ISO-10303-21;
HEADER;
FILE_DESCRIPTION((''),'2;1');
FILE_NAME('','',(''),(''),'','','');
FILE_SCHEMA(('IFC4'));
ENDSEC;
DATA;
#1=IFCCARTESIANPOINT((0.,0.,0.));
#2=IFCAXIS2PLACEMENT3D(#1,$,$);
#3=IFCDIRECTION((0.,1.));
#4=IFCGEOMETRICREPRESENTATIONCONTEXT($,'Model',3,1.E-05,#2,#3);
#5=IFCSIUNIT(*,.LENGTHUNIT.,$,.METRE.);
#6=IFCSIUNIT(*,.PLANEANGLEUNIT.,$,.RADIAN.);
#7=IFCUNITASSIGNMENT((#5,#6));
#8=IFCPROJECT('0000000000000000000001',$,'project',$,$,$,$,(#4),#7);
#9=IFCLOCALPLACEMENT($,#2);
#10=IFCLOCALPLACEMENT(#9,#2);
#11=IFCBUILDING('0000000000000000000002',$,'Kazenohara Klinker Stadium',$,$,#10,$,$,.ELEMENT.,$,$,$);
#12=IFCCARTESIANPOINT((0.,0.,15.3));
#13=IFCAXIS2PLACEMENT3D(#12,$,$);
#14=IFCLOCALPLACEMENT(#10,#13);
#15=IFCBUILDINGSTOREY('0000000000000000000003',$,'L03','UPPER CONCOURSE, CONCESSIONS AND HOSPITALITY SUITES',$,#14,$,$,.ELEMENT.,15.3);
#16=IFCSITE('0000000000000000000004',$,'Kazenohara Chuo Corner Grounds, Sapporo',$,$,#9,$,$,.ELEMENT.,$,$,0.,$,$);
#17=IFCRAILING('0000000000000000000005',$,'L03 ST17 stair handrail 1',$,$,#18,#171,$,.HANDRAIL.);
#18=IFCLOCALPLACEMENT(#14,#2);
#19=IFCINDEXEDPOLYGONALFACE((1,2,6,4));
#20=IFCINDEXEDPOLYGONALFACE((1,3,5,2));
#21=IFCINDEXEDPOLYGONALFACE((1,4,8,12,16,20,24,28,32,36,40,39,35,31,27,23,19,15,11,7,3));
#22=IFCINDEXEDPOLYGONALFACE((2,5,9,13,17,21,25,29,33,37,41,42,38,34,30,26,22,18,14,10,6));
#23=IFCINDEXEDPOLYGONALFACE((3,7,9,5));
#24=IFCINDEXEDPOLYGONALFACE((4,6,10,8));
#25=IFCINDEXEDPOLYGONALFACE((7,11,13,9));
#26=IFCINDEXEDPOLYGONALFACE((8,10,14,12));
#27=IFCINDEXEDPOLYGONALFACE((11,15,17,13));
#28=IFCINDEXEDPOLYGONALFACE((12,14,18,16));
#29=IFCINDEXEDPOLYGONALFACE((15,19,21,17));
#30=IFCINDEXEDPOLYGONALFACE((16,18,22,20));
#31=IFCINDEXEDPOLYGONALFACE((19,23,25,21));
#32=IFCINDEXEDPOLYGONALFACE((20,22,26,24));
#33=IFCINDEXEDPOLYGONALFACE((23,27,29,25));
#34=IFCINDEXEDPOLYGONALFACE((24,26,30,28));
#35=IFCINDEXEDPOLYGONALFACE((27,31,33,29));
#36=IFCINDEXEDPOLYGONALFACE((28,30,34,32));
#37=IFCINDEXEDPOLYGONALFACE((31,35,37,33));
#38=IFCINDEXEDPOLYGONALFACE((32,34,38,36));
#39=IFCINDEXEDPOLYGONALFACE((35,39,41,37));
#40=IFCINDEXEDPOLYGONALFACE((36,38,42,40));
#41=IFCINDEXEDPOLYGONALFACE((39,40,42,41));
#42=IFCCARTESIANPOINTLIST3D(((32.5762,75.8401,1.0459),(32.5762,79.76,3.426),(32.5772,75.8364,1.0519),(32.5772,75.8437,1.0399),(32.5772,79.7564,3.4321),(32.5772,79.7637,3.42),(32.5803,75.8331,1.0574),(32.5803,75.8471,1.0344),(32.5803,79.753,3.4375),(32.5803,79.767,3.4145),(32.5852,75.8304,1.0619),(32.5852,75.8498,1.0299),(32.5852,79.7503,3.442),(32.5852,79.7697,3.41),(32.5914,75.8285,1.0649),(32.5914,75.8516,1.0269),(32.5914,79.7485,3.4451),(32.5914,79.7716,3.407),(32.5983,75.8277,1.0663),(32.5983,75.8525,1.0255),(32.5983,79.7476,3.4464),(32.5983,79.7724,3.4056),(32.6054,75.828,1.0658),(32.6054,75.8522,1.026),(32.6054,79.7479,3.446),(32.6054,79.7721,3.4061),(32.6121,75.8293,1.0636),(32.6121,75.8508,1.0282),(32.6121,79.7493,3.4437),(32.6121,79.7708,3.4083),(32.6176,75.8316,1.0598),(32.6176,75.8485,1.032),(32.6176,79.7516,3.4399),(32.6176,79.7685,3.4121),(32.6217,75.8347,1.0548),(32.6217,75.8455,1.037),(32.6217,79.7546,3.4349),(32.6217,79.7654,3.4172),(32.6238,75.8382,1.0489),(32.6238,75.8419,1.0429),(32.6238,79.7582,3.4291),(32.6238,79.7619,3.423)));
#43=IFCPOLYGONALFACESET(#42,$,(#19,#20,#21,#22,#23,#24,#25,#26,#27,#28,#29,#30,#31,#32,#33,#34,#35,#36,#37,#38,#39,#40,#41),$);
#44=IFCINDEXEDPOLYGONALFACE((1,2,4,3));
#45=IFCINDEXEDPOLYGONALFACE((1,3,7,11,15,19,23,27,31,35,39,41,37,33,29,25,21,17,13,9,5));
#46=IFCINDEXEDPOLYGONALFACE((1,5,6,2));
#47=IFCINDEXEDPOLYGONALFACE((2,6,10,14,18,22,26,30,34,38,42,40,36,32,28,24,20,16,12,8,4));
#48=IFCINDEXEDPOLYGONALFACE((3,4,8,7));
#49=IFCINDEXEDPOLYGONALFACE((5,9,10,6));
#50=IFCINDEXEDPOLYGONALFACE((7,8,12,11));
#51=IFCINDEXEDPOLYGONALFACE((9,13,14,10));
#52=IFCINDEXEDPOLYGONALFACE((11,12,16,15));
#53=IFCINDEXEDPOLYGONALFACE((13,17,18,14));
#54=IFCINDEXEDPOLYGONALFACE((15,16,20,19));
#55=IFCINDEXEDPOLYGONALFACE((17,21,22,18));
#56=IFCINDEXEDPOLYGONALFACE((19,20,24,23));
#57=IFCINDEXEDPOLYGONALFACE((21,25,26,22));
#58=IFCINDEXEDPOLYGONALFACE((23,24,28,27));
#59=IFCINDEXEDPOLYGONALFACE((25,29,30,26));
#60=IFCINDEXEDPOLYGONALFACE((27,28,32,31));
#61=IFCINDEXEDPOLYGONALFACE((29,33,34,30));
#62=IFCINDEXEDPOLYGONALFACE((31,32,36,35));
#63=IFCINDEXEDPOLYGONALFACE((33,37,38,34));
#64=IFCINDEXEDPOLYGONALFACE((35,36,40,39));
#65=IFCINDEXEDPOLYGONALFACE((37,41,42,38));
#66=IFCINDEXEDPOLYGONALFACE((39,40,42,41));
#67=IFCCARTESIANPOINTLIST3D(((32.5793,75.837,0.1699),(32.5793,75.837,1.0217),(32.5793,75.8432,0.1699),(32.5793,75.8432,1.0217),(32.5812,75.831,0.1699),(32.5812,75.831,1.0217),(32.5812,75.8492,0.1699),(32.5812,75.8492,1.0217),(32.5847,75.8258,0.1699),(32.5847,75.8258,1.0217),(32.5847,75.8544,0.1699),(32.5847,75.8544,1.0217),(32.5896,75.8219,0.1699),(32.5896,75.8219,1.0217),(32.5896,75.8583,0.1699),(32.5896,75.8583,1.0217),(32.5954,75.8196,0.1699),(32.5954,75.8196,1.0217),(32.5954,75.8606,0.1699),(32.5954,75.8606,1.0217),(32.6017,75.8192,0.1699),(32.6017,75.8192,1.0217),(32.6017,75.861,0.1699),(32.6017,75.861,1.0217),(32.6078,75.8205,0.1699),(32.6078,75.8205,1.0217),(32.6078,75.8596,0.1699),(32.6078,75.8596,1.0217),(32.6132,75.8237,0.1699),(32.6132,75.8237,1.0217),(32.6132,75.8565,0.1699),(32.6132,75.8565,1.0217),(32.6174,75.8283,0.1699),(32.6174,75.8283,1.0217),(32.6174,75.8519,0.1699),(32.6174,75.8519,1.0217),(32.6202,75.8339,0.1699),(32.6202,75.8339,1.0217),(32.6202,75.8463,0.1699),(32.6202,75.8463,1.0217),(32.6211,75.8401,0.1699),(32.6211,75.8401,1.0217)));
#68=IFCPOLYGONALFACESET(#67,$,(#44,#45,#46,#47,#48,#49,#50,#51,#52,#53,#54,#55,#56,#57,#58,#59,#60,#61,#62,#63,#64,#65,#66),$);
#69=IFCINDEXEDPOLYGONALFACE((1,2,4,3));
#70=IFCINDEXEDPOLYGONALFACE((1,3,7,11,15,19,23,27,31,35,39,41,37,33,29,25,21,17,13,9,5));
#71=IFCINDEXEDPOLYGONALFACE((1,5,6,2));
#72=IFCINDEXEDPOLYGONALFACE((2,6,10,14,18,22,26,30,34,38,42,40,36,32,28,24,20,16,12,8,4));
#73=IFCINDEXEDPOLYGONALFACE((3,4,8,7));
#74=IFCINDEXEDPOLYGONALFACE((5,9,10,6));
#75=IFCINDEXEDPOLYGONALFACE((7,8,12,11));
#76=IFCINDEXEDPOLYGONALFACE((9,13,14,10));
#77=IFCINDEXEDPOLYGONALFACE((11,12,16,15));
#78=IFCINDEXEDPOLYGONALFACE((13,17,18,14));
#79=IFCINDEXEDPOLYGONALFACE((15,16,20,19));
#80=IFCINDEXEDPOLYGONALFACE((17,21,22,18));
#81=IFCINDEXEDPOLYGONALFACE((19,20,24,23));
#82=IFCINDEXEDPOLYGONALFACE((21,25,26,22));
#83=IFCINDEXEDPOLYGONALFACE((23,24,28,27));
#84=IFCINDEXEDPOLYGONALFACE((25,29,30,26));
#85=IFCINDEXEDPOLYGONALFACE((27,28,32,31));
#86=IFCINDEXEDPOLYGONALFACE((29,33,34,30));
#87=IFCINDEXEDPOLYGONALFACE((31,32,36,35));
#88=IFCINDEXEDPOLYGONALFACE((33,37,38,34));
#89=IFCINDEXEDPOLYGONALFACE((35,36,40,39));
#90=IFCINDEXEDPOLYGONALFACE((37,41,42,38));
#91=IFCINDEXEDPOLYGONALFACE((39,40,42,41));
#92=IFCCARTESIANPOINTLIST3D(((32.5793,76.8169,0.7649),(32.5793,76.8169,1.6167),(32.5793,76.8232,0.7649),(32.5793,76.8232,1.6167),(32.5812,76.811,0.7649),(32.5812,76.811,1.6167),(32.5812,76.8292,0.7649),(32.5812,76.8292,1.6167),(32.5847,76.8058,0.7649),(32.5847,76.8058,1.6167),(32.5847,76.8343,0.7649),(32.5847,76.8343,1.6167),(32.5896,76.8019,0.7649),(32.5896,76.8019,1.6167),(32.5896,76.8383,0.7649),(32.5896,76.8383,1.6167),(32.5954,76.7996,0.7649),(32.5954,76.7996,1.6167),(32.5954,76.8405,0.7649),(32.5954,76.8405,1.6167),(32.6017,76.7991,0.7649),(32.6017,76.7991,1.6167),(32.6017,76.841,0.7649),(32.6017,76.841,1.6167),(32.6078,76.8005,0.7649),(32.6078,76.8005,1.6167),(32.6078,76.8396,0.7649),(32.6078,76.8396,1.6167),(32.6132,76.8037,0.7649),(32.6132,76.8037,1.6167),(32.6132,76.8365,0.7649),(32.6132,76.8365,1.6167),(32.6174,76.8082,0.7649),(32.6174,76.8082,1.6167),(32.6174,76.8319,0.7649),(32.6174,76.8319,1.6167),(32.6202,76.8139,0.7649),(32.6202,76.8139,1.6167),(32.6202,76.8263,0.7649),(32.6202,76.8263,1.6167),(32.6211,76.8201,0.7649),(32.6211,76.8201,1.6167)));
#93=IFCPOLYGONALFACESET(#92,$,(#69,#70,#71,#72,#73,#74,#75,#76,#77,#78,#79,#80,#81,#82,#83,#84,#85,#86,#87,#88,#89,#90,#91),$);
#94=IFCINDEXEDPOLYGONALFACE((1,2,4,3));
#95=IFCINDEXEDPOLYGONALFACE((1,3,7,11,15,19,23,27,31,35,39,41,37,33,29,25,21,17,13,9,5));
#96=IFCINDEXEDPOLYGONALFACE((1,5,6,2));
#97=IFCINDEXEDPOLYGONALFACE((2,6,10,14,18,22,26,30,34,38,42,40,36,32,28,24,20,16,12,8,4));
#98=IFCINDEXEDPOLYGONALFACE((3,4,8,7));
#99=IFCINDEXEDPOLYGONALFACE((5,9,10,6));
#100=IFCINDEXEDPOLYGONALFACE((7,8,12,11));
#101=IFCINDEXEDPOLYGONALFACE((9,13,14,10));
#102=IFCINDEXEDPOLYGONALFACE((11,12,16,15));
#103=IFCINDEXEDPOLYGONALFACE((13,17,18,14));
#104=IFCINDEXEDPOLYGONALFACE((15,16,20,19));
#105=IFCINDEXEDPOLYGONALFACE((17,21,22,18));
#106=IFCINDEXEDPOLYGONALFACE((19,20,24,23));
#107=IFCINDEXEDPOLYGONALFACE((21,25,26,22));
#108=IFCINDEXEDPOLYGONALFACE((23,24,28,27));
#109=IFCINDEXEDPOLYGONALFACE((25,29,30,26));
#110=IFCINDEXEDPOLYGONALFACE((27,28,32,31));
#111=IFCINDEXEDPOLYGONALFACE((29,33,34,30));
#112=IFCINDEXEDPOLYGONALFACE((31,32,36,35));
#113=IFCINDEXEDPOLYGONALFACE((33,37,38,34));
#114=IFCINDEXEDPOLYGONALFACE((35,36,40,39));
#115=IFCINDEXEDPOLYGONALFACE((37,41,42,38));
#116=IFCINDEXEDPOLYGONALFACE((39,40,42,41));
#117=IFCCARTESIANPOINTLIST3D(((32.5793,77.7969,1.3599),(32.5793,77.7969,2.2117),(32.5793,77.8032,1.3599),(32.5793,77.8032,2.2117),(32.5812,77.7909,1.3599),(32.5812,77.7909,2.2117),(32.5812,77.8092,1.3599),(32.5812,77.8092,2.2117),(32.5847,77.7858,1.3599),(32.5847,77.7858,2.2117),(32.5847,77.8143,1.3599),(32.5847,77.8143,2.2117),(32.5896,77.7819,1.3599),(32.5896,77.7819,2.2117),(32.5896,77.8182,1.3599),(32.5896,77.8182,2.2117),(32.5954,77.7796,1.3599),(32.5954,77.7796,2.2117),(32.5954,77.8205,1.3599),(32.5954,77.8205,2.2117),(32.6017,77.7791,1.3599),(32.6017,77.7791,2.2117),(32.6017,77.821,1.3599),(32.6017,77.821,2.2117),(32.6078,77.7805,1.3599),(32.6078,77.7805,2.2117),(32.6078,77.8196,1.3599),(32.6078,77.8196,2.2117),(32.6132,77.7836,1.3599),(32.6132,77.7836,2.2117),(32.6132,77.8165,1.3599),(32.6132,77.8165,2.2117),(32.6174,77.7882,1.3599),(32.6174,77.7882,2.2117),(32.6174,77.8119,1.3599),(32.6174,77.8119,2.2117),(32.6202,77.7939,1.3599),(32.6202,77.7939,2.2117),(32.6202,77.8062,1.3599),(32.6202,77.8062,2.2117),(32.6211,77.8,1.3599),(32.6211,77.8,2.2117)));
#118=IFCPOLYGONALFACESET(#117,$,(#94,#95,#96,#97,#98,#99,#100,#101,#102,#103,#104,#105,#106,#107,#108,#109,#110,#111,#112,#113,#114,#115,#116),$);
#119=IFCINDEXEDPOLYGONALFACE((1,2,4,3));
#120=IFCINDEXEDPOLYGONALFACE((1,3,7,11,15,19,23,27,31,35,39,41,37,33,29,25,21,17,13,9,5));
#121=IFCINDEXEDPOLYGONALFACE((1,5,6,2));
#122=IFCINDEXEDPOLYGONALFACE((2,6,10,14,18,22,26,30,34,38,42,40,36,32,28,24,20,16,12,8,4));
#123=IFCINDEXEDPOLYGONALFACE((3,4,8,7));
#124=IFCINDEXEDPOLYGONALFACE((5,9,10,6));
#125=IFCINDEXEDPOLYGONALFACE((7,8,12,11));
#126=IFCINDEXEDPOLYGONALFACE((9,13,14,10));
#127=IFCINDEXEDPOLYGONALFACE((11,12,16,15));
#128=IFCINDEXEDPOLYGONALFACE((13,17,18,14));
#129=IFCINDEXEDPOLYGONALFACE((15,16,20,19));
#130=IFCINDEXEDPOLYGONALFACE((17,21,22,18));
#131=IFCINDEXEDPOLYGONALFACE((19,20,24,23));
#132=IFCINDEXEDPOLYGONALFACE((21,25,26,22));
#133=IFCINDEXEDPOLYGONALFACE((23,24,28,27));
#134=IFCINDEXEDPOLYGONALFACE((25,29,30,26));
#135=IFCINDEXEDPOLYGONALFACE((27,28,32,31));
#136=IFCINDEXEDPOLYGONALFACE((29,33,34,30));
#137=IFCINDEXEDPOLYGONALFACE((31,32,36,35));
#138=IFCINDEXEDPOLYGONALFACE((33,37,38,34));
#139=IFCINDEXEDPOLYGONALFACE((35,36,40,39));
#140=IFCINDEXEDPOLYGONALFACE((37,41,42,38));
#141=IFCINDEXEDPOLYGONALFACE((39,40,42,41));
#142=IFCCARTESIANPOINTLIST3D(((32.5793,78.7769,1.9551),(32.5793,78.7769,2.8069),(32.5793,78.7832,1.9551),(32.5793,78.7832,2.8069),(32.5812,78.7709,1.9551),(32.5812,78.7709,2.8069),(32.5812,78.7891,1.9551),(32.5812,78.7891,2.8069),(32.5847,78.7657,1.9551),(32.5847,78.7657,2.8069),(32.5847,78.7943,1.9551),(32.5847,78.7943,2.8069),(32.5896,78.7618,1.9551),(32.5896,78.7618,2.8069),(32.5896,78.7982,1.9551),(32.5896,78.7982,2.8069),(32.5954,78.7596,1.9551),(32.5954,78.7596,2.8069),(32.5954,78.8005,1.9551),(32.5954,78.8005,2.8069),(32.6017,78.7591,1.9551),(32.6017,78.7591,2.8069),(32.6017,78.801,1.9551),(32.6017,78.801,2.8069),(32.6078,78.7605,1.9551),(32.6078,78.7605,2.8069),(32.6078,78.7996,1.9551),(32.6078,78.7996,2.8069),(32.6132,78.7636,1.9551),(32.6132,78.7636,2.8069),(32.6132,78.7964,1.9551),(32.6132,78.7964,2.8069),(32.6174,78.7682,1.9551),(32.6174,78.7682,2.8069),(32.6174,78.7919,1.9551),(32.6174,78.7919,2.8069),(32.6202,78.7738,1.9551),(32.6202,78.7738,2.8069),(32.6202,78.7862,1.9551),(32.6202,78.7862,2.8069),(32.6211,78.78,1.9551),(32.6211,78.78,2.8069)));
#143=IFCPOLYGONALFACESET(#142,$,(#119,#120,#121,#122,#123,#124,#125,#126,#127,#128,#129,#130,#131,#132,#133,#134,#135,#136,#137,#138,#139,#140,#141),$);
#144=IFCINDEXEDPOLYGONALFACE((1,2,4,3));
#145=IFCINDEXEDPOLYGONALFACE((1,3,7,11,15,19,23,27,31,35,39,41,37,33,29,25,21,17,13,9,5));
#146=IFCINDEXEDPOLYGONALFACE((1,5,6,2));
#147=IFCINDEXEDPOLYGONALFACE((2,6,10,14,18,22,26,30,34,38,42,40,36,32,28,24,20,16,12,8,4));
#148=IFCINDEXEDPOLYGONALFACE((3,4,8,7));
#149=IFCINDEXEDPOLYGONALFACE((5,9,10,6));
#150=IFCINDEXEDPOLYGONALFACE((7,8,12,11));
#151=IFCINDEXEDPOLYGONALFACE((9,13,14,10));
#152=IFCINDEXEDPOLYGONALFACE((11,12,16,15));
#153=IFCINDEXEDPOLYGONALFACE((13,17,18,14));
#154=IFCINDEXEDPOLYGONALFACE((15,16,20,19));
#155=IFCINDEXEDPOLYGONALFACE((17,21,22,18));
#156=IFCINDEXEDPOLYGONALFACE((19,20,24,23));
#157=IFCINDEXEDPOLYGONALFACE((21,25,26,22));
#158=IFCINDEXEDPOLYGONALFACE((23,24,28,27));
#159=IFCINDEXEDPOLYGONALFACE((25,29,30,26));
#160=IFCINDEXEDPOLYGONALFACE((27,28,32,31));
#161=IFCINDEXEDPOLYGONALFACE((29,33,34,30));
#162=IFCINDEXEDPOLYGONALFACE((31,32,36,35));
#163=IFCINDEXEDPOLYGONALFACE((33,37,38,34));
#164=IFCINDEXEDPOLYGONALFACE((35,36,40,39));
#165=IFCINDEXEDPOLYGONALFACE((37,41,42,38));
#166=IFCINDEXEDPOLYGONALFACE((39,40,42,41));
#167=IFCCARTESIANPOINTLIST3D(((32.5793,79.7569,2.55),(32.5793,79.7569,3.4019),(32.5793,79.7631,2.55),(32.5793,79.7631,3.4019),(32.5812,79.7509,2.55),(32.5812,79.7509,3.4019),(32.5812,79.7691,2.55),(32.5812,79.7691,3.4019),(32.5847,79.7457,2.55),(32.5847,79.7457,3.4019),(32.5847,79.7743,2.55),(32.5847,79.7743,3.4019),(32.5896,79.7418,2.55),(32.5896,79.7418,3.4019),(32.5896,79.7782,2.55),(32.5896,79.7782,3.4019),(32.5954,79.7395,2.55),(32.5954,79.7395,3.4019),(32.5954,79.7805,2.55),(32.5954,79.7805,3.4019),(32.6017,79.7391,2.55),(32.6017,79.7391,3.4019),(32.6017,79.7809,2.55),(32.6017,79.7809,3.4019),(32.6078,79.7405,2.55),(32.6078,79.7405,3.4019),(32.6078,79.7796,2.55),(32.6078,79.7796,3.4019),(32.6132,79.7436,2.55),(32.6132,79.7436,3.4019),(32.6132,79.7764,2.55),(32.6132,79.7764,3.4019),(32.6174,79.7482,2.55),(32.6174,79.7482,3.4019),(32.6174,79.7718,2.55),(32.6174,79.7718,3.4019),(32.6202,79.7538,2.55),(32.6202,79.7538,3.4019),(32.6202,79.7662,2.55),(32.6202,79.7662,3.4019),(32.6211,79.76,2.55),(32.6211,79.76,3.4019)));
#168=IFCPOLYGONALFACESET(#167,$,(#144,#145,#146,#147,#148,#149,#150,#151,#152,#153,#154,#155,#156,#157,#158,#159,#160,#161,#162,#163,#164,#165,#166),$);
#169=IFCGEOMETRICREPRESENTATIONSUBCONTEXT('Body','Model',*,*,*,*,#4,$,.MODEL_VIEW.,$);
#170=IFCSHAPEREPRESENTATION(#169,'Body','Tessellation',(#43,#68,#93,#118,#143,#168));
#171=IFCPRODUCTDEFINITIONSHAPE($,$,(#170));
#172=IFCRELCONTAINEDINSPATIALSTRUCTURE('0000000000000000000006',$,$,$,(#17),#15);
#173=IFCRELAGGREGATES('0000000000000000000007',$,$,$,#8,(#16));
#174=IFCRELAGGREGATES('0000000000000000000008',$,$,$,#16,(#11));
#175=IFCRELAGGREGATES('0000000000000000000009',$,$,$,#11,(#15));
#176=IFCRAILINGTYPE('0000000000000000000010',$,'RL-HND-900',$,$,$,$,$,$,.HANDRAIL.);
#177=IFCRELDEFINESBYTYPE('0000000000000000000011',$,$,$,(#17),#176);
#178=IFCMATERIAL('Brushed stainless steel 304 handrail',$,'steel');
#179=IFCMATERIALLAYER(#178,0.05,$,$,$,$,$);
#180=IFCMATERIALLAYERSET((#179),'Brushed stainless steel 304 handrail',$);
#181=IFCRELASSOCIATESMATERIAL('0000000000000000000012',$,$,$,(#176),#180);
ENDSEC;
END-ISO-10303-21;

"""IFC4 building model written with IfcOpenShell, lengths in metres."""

from ifc_helpers import new_model, si_unit, direction, frame, origin, origin_2d, place, context, subcontext, project, spatial, circle, extrude, material, layer, layer_set, type_object, element, save


model = new_model("IFC4")

# Units and contexts
model_context = context("Model", 3, precision=1e-05, world=origin(), true_north=direction((0.0, 1.0)))
body_context = subcontext(model_context, "Body", "Model", "MODEL_VIEW")
ifc_project = project(units=[si_unit("LENGTHUNIT", "METRE"), si_unit("PLANEANGLEUNIT", "RADIAN")], contexts=[model_context])

# Site, building, storey
site_placement = place(None, origin())
site = spatial("IfcSite", under=ifc_project, at=site_placement, Name="Kazenohara Chuo Corner Grounds, Sapporo", CompositionType="ELEMENT", RefElevation=0.0)
building_placement = place(site_placement, origin())
building = spatial("IfcBuilding", under=site, at=building_placement, Name="Kazenohara Klinker Stadium", CompositionType="ELEMENT")
storey_placement = place(building_placement, frame((0.0, 0.0, 15.3)))
storey = spatial("IfcBuildingStorey", under=building, at=storey_placement, Name="L03", Description="UPPER CONCOURSE, CONCESSIONS AND HOSPITALITY SUITES", CompositionType="ELEMENT", Elevation=15.3)

# Railing
ifc_material_1 = material(Name="Brushed stainless steel 304 handrail", Category="steel")
ifc_layer_1 = layer(ifc_material_1, 0.05)
ifc_layer_set_1 = layer_set([ifc_layer_1], Name="Brushed stainless steel 304 handrail")
railing_type_1 = type_object("IfcRailingType", Name="RL-HND-900", PredefinedType="HANDRAIL", material=ifc_layer_set_1)
railing_1_placement = place(storey_placement, frame((32.6001, 75.8401, 0.1699)))
element("IfcRailing", 1, at=railing_1_placement, inside=storey, type_object=railing_type_1, Name="L03 ST17 stair handrail 1", PredefinedType="HANDRAIL", context=body_context, shape_type="SweptSolid", body=[
    extrude(circle(Radius=0.0239, at=origin_2d()), frame((0.0, 0.0, 0.876), z_axis=(0.0, 0.854771, 0.519006), x_axis=(-1.0, 0.0, 0.0)), (0.0, 0.0, 1.0), 4.5859),
    extrude(circle(Radius=0.021, at=origin_2d()), origin(), (0.0, 0.0, 1.0), 0.8518),
    extrude(circle(Radius=0.021, at=origin_2d()), frame((0.0, 0.98, 0.595)), (0.0, 0.0, 1.0), 0.8518),
    extrude(circle(Radius=0.021, at=origin_2d()), frame((0.0, 1.96, 1.1899)), (0.0, 0.0, 1.0), 0.8518),
    extrude(circle(Radius=0.021, at=origin_2d()), frame((0.0, 2.9399, 1.7852)), (0.0, 0.0, 1.0), 0.8518),
    extrude(circle(Radius=0.021, at=origin_2d()), frame((0.0, 3.9199, 2.3801)), (0.0, 0.0, 1.0), 0.8518),
])

save(model, "model.ifc")
